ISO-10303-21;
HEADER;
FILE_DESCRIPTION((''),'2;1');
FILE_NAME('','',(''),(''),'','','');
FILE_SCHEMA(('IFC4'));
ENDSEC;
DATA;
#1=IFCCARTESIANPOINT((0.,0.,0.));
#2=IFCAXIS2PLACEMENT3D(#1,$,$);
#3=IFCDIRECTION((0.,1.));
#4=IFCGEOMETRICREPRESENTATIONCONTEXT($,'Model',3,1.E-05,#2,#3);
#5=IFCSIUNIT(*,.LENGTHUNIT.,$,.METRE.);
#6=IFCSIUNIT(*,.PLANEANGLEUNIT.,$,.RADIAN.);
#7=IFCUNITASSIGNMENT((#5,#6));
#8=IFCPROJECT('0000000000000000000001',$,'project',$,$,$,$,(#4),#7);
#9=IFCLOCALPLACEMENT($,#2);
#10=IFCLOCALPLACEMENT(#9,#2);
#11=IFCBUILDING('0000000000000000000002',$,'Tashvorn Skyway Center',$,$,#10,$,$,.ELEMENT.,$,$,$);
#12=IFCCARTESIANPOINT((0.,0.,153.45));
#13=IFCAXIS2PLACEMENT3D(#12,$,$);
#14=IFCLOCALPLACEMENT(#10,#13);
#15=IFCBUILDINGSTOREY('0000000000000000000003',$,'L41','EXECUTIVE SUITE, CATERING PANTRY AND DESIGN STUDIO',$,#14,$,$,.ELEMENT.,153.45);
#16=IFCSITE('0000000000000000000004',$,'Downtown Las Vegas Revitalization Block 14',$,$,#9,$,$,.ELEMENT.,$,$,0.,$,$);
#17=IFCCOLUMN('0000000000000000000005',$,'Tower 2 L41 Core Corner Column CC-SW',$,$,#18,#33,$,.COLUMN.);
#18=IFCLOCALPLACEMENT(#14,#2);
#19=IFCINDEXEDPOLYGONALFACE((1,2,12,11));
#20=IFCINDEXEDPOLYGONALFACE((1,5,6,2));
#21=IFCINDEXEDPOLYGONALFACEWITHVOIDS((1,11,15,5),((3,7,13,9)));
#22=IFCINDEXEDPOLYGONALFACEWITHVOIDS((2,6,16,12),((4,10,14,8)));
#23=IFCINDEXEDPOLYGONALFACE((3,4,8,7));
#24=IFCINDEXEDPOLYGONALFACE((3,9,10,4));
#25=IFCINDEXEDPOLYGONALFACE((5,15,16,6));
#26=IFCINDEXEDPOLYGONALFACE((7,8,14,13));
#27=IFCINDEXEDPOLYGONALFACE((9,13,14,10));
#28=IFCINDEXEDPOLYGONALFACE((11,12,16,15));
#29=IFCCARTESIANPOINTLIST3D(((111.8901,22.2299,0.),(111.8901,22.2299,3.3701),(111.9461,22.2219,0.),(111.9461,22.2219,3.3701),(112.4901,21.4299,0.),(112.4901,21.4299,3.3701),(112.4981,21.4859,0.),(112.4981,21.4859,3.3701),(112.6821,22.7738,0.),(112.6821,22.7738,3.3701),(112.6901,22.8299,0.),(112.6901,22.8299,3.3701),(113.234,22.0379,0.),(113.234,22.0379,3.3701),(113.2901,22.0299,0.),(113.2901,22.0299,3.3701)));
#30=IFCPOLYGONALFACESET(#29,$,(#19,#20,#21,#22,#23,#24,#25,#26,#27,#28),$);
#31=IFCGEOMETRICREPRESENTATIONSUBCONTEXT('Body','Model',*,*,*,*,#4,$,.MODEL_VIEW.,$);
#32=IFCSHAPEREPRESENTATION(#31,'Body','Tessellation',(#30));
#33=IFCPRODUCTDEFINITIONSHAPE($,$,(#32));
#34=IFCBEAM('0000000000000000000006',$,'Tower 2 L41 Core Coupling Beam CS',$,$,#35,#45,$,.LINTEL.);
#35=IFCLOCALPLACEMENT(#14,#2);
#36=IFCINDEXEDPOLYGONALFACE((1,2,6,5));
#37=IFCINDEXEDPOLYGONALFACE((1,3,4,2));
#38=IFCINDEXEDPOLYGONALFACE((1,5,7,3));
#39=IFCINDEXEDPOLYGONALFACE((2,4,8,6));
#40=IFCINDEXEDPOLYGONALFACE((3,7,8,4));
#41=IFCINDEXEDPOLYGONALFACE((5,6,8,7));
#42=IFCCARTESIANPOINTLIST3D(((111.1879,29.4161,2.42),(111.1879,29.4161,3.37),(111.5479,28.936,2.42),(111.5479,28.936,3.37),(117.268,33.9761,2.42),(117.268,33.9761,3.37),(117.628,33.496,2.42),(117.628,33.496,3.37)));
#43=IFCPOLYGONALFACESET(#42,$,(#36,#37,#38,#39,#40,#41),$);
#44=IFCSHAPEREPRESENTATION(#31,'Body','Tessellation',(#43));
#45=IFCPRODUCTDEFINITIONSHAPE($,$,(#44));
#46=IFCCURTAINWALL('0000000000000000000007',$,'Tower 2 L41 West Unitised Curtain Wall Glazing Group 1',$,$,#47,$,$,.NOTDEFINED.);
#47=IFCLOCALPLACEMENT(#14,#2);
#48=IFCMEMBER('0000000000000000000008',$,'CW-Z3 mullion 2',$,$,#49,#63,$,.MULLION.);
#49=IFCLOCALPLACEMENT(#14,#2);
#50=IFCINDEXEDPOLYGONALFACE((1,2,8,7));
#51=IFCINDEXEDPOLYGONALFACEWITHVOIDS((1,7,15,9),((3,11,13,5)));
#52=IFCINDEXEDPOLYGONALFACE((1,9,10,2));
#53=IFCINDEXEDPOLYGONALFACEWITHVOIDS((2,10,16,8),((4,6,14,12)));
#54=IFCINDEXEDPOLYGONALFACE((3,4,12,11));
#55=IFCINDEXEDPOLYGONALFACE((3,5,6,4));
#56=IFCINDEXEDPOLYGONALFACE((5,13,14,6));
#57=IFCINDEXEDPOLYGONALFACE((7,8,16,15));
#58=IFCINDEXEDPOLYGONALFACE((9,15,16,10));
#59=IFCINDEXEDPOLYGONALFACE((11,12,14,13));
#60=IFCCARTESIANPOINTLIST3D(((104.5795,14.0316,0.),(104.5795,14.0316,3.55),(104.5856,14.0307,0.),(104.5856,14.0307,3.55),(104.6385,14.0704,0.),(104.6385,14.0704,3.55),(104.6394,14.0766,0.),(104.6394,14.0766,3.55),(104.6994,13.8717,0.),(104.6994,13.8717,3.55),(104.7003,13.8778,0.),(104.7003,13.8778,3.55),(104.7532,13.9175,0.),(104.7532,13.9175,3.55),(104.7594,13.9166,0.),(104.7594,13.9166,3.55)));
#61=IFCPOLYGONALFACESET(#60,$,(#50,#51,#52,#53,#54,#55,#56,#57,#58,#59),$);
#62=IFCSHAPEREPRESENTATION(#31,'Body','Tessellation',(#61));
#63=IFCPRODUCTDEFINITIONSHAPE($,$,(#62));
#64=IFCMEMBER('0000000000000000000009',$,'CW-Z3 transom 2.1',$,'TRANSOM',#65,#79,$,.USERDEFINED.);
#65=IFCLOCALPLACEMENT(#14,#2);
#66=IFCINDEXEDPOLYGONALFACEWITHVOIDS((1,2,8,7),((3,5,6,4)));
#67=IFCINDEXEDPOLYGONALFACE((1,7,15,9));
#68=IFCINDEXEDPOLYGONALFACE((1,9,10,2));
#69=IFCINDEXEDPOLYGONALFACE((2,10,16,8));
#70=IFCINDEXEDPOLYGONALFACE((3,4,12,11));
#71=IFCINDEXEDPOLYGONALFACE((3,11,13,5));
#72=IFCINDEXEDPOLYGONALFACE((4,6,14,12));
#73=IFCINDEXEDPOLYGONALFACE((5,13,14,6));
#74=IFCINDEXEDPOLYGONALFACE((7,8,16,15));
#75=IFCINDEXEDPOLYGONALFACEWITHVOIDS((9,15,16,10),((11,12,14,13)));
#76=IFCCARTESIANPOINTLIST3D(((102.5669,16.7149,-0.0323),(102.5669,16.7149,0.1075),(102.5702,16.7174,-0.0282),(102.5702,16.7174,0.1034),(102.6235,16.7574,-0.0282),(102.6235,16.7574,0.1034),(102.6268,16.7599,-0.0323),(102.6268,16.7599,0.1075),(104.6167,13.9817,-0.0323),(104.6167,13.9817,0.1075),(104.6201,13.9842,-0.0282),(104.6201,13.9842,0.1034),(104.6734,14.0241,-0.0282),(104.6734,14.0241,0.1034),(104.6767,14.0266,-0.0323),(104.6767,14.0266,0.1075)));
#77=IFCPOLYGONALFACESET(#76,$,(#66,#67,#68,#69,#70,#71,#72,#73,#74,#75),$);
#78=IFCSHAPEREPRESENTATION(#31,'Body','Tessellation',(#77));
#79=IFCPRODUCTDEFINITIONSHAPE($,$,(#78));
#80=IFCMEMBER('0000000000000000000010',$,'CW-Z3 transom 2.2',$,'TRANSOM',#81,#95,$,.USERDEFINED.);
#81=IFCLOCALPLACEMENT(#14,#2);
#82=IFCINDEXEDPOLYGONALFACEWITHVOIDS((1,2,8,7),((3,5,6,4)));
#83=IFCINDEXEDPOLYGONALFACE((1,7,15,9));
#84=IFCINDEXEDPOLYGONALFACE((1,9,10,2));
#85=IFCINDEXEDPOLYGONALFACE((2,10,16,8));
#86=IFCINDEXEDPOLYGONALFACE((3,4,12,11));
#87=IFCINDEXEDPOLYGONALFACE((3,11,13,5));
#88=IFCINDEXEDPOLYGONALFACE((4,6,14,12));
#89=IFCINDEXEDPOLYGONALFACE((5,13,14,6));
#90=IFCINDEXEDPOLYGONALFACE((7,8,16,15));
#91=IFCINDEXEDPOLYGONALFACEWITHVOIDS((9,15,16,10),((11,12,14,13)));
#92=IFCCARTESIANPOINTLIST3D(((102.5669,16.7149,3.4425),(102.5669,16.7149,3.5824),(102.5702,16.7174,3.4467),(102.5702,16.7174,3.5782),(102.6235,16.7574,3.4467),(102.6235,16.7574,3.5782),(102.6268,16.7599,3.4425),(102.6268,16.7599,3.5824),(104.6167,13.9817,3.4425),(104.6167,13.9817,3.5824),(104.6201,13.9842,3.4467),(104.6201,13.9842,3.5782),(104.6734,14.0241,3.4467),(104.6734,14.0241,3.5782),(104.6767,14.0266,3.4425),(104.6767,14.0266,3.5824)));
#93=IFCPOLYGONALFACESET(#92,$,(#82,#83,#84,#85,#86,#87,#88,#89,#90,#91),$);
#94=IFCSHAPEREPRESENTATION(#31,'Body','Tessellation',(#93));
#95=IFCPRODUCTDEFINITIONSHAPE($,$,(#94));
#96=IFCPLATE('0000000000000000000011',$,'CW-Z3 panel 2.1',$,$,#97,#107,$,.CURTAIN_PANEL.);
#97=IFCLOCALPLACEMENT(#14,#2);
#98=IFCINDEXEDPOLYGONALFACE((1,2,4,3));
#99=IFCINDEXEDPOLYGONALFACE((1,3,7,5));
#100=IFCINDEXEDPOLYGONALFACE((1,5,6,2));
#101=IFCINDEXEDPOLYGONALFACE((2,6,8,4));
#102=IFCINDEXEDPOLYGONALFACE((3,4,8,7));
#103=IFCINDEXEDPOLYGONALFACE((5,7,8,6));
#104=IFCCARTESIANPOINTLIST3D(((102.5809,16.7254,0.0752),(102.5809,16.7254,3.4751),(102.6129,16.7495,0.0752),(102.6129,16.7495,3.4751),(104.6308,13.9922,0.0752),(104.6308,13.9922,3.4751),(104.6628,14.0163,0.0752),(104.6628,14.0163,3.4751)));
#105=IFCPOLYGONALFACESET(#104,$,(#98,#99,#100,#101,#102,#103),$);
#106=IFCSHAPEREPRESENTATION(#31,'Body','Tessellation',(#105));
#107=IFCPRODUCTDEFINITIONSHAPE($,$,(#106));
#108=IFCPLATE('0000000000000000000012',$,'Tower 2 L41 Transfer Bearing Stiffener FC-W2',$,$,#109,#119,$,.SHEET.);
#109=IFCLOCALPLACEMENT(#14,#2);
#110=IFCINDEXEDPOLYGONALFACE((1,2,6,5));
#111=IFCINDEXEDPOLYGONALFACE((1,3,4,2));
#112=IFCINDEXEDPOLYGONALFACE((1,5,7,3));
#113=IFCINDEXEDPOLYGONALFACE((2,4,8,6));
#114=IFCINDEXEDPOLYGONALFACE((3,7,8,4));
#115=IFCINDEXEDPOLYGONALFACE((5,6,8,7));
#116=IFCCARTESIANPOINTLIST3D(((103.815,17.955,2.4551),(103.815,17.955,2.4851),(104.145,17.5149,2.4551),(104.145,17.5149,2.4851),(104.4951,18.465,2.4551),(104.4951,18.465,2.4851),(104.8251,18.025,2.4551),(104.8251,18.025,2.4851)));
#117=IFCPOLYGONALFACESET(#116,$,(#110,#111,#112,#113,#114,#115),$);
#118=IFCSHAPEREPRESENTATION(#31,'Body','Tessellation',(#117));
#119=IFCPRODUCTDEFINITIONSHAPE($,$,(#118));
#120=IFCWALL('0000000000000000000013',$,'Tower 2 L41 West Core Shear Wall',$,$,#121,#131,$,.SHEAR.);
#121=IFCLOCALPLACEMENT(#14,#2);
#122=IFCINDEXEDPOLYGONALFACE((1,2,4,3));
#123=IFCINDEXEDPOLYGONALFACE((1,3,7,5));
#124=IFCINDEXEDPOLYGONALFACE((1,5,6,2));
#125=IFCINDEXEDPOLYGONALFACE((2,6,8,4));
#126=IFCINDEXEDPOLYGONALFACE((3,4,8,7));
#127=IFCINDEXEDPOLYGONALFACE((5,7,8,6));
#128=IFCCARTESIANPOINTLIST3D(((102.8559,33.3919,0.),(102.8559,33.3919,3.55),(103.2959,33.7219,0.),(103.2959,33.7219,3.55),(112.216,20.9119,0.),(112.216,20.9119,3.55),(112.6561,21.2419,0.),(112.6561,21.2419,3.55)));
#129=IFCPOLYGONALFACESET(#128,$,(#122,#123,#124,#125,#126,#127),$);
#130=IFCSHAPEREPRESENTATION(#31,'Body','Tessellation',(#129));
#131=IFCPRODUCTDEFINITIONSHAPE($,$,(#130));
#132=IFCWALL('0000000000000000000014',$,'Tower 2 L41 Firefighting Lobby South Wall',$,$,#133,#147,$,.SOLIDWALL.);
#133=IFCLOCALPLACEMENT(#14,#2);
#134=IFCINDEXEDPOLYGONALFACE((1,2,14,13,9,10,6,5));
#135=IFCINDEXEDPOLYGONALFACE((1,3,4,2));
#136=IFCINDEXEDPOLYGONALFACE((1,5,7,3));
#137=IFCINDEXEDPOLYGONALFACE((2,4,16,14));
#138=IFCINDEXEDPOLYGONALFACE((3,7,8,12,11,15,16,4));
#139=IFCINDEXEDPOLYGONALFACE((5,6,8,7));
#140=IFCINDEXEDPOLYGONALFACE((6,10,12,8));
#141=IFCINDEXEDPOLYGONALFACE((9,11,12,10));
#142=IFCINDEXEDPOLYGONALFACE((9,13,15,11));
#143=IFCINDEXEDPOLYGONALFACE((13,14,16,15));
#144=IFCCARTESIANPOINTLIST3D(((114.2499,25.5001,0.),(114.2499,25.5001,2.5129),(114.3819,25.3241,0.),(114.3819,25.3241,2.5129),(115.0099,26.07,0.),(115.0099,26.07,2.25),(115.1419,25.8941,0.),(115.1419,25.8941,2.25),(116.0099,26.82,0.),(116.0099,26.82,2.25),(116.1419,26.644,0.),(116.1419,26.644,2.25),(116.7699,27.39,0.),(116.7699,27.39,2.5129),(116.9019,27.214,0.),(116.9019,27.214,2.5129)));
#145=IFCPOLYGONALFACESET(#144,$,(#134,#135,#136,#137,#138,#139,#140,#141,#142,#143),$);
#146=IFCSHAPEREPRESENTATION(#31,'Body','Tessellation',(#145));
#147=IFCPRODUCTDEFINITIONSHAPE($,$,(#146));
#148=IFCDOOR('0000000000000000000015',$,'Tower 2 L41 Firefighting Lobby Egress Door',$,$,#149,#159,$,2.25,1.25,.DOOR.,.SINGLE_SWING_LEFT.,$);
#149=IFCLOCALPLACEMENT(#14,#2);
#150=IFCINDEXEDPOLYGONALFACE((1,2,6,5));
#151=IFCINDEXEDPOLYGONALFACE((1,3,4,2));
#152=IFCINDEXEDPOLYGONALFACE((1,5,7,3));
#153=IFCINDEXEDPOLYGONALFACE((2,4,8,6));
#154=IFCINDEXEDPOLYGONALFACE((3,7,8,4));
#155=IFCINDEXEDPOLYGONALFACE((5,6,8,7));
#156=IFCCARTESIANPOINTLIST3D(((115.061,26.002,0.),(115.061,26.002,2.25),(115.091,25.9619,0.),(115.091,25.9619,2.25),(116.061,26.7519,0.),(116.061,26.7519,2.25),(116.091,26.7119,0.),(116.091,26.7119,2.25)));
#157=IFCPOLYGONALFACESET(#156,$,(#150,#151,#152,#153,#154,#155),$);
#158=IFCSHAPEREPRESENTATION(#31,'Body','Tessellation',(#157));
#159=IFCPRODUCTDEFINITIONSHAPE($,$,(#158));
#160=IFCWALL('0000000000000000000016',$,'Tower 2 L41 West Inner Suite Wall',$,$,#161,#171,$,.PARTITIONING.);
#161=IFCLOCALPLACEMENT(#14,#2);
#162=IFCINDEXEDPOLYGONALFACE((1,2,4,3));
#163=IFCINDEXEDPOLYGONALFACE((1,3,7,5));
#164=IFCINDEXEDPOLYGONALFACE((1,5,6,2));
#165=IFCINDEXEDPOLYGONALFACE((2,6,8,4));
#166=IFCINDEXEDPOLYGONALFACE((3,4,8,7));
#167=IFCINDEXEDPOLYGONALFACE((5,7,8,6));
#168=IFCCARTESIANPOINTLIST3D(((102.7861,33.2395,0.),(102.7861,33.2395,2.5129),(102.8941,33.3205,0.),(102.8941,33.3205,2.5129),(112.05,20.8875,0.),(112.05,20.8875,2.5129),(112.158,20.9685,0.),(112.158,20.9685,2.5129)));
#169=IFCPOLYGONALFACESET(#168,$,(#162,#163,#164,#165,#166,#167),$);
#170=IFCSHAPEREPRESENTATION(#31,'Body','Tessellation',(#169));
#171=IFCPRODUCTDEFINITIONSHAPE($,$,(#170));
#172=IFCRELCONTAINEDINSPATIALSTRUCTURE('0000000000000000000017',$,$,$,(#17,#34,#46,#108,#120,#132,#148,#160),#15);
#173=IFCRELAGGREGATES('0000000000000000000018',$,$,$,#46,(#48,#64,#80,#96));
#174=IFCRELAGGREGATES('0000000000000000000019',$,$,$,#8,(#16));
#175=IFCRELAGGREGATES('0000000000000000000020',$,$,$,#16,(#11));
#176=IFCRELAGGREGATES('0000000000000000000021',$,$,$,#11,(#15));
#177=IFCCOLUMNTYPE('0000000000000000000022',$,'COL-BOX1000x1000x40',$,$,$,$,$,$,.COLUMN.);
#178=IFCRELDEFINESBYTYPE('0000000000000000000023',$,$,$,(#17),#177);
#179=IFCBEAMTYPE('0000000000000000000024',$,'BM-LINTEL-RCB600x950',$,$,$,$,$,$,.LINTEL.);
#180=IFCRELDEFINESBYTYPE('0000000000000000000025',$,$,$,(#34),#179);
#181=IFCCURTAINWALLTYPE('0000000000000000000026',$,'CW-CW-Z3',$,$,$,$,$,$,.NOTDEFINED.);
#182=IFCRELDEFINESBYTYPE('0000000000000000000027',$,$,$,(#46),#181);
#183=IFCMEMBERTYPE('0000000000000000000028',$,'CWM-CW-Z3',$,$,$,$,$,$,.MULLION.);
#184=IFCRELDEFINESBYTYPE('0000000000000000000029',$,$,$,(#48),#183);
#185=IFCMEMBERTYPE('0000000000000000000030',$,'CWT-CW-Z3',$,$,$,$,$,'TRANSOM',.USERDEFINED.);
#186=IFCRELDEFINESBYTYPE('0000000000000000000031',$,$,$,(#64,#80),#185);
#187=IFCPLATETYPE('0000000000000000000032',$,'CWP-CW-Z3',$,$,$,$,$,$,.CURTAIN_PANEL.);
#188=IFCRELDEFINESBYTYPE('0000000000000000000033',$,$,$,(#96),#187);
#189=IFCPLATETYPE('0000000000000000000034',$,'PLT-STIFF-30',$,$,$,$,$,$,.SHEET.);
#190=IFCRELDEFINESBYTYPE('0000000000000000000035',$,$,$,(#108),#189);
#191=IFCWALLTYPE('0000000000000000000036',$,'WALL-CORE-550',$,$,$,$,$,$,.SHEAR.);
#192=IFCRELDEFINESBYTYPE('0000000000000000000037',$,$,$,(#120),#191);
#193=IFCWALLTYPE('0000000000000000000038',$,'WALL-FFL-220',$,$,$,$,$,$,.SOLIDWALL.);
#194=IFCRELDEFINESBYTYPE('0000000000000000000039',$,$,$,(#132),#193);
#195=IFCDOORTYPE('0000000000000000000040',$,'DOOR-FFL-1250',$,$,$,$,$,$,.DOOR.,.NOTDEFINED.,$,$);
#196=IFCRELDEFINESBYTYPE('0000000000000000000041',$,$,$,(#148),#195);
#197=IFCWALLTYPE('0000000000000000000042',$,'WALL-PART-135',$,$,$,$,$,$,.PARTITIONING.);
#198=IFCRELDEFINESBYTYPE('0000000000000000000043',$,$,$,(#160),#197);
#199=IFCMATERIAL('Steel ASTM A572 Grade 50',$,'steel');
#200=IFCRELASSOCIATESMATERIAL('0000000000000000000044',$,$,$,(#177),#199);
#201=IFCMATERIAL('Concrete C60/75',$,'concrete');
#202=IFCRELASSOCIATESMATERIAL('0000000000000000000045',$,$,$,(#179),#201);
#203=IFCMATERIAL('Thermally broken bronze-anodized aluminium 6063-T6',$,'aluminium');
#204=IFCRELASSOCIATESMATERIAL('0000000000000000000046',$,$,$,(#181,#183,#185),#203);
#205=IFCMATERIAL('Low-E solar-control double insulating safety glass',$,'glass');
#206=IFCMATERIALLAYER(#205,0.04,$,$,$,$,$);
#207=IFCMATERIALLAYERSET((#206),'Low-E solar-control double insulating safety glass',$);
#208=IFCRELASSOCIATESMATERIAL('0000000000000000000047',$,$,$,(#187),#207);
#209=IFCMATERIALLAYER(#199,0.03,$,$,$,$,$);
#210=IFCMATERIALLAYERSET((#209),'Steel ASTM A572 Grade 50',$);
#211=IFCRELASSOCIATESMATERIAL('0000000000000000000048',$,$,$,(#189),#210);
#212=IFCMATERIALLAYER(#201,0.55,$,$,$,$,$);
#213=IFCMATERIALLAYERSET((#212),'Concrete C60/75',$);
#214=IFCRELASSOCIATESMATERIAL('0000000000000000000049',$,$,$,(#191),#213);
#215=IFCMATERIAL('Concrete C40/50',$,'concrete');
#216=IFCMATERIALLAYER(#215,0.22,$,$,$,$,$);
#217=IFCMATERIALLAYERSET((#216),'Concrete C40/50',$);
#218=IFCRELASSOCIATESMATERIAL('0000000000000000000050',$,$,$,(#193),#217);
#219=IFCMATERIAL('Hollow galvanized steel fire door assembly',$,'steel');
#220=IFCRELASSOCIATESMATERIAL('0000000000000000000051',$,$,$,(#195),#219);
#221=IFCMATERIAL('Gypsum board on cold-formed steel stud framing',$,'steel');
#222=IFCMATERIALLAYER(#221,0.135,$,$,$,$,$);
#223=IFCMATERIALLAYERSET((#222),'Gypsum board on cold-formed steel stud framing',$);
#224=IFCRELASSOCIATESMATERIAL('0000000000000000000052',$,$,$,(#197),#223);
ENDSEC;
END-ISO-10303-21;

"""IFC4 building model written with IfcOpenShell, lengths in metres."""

from ifc_helpers import new_model, si_unit, direction, frame, frame_2d, origin, origin_2d, place, context, subcontext, project, spatial, rectangle, hollow_rectangle, extrude, material, layer, layer_set, material_profile, profile_set, type_object, element, fill, aggregate, save


model = new_model("IFC4")

# Units and contexts
model_context = context("Model", 3, precision=1e-05, world=origin(), true_north=direction((0.0, 1.0)))
body_context = subcontext(model_context, "Body", "Model", "MODEL_VIEW")
ifc_project = project(units=[si_unit("LENGTHUNIT", "METRE"), si_unit("PLANEANGLEUNIT", "RADIAN")], contexts=[model_context])

# Site, building, storey
site_placement = place(None, origin())
site = spatial("IfcSite", under=ifc_project, at=site_placement, Name="Downtown Las Vegas Revitalization Block 14", CompositionType="ELEMENT", RefElevation=0.0)
building_placement = place(site_placement, origin())
building = spatial("IfcBuilding", under=site, at=building_placement, Name="Tashvorn Skyway Center", CompositionType="ELEMENT")
storey_placement = place(building_placement, frame((0.0, 0.0, 153.45)))
storey = spatial("IfcBuildingStorey", under=building, at=storey_placement, Name="L41", Description="EXECUTIVE SUITE, CATERING PANTRY AND DESIGN STUDIO", CompositionType="ELEMENT", Elevation=153.45)

# Column
ifc_material_1 = material(Name="Steel ASTM A572 Grade 50", Category="steel")
ifc_material_profile_1 = material_profile(ifc_material_1, hollow_rectangle(XDim=1.0, YDim=1.0, WallThickness=0.04, at=origin_2d()), Name="BOX1000x1000x40")
ifc_profile_set_1 = profile_set([ifc_material_profile_1], Name="Steel ASTM A572 Grade 50")
column_type = type_object("IfcColumnType", Name="COL-BOX1000x1000x40", PredefinedType="COLUMN", material=ifc_profile_set_1)
column_placement = place(storey_placement, frame((112.5901, 22.1299, 0.0), z_axis=(0.0, 0.0, 1.0), x_axis=(0.8, 0.6, 0.0)))
element("IfcColumn", 1, at=column_placement, inside=storey, type_object=column_type, Name="Tower 2 L41 Core Corner Column CC-SW", PredefinedType="COLUMN", context=body_context, shape_type="SweptSolid", body=[
    extrude(hollow_rectangle(XDim=1.0, YDim=1.0, WallThickness=0.04, at=origin_2d()), origin(), (0.0, 0.0, 1.0), 3.3701),
])

# Beam
ifc_material_2 = material(Name="Concrete C60/75", Category="concrete")
ifc_material_profile_2 = material_profile(ifc_material_2, rectangle(XDim=0.6001, YDim=0.95, at=origin_2d()), Name="RCB600x950")
ifc_profile_set_2 = profile_set([ifc_material_profile_2], Name="Concrete C60/75")
beam_type = type_object("IfcBeamType", Name="BM-LINTEL-RCB600x950", PredefinedType="LINTEL", material=ifc_profile_set_2)
beam_placement = place(storey_placement, frame((111.3679, 29.176, 2.895), z_axis=(0.8, 0.6, 0.0), x_axis=(-0.6, 0.8, 0.0)))
element("IfcBeam", 2, at=beam_placement, inside=storey, type_object=beam_type, Name="Tower 2 L41 Core Coupling Beam CS", PredefinedType="LINTEL", context=body_context, shape_type="SweptSolid", body=[
    extrude(rectangle(XDim=0.6001, YDim=0.95, at=origin_2d()), origin(), (0.0, 0.0, 1.0), 7.6001),
])

# Curtain wall, members, plate
ifc_material_3 = material(Name="Thermally broken bronze-anodized aluminium 6063-T6", Category="aluminium")
curtain_wall_type = type_object("IfcCurtainWallType", Name="CW-CW-Z3", PredefinedType="NOTDEFINED", material=ifc_material_3)
curtain_wall_placement = place(storey_placement, origin())
curtain_wall = element("IfcCurtainWall", 3, at=curtain_wall_placement, inside=storey, type_object=curtain_wall_type, Name="Tower 2 L41 West Unitised Curtain Wall Glazing Group 1", PredefinedType="NOTDEFINED")
ifc_material_profile_3 = material_profile(ifc_material_3, hollow_rectangle(XDim=0.075, YDim=0.2, WallThickness=0.0044, at=origin_2d()), Name="ALU-MULL-75x200")
ifc_profile_set_3 = profile_set([ifc_material_profile_3], Name="Thermally broken bronze-anodized aluminium 6063-T6")
member_type_1 = type_object("IfcMemberType", Name="CWM-CW-Z3", PredefinedType="MULLION", material=ifc_profile_set_3)
member_1_placement = place(storey_placement, frame((104.6694, 13.9741, 0.0), z_axis=(0.0, 0.0, 1.0), x_axis=(-0.799997, -0.600005, 0.0)))
member_1 = element("IfcMember", 4, at=member_1_placement, type_object=member_type_1, Name="CW-Z3 mullion 2", PredefinedType="MULLION", context=body_context, shape_type="SweptSolid", body=[
    extrude(hollow_rectangle(XDim=0.075, YDim=0.2, WallThickness=0.0044, at=origin_2d()), origin(), (0.0, 0.0, 1.0), 3.55),
])
ifc_material_profile_4 = material_profile(ifc_material_3, hollow_rectangle(XDim=0.075, YDim=0.1399, WallThickness=0.0042, at=origin_2d()), Name="ALU-TRAN-75x140")
ifc_profile_set_4 = profile_set([ifc_material_profile_4], Name="Thermally broken bronze-anodized aluminium 6063-T6")
member_type_2 = type_object("IfcMemberType", Name="CWT-CW-Z3", ElementType="TRANSOM", PredefinedType="USERDEFINED", material=ifc_profile_set_4)
member_2_placement = place(storey_placement, frame((104.6467, 14.0042, 0.0376), z_axis=(-0.599989, 0.800009, 0.0), x_axis=(-0.800009, -0.599989, 0.0)))
member_2 = element("IfcMember", 5, at=member_2_placement, type_object=member_type_2, Name="CW-Z3 transom 2.1", ObjectType="TRANSOM", PredefinedType="USERDEFINED", context=body_context, shape_type="SweptSolid", body=[
    extrude(hollow_rectangle(XDim=0.075, YDim=0.1399, WallThickness=0.0042, at=origin_2d()), origin(), (0.0, 0.0, 1.0), 3.4165),
])
member_3_placement = place(storey_placement, frame((104.6467, 14.0042, 3.5125), z_axis=(-0.599989, 0.800009, 0.0), x_axis=(-0.800009, -0.599989, 0.0)))
member_3 = element("IfcMember", 6, at=member_3_placement, type_object=member_type_2, Name="CW-Z3 transom 2.2", ObjectType="TRANSOM", PredefinedType="USERDEFINED", context=body_context, shape_type="SweptSolid", body=[
    extrude(hollow_rectangle(XDim=0.075, YDim=0.1399, WallThickness=0.0042, at=origin_2d()), origin(), (0.0, 0.0, 1.0), 3.4165),
])
ifc_material_4 = material(Name="Low-E solar-control double insulating safety glass", Category="glass")
ifc_layer_1 = layer(ifc_material_4, 0.04)
ifc_layer_set_1 = layer_set([ifc_layer_1], Name="Low-E solar-control double insulating safety glass")
plate_type_1 = type_object("IfcPlateType", Name="CWP-CW-Z3", PredefinedType="CURTAIN_PANEL", material=ifc_layer_set_1)
plate_1_placement = place(storey_placement, frame((103.6218, 15.3708, 0.0752), z_axis=(0.0, 0.0, 1.0), x_axis=(-0.600005, 0.799997, 0.0)))
plate_1 = element("IfcPlate", 7, at=plate_1_placement, type_object=plate_type_1, Name="CW-Z3 panel 2.1", PredefinedType="CURTAIN_PANEL", context=body_context, shape_type="SweptSolid", body=[
    extrude(rectangle(XDim=3.4165, YDim=0.04, at=origin_2d()), origin(), (0.0, 0.0, 1.0), 3.3999),
])
aggregate(curtain_wall, [member_1, member_2, member_3, plate_1])

# Plate
ifc_layer_2 = layer(ifc_material_1, 0.03)
ifc_layer_set_2 = layer_set([ifc_layer_2], Name="Steel ASTM A572 Grade 50")
plate_type_2 = type_object("IfcPlateType", Name="PLT-STIFF-30", PredefinedType="SHEET", material=ifc_layer_set_2)
plate_2_placement = place(storey_placement, frame((104.3201, 17.99, 2.4551), z_axis=(0.0, 0.0, 1.0), x_axis=(0.8, 0.6, 0.0)))
element("IfcPlate", 8, at=plate_2_placement, inside=storey, type_object=plate_type_2, Name="Tower 2 L41 Transfer Bearing Stiffener FC-W2", PredefinedType="SHEET", context=body_context, shape_type="SweptSolid", body=[
    extrude(rectangle(XDim=0.8501, YDim=0.55, at=origin_2d()), origin(), (0.0, 0.0, 1.0), 0.03),
])

# Wall
ifc_layer_3 = layer(ifc_material_2, 0.55)
ifc_layer_set_3 = layer_set([ifc_layer_3], Name="Concrete C60/75")
wall_type_1 = type_object("IfcWallType", Name="WALL-CORE-550", PredefinedType="SHEAR", material=ifc_layer_set_3)
wall_1_placement = place(storey_placement, frame((112.436, 21.0769, 0.0), z_axis=(0.0, 0.0, 1.0), x_axis=(-0.600005, 0.799996, 0.0)))
element("IfcWall", 9, at=wall_1_placement, inside=storey, type_object=wall_type_1, Name="Tower 2 L41 West Core Shear Wall", PredefinedType="SHEAR", context=body_context, shape_type="SweptSolid", body=[
    extrude(rectangle(XDim=15.6001, YDim=0.55, at=frame_2d((7.8, 0.0))), origin(), (0.0, 0.0, 1.0), 3.55),
])

# Wall, opening, door
ifc_material_5 = material(Name="Concrete C40/50", Category="concrete")
ifc_layer_4 = layer(ifc_material_5, 0.22)
ifc_layer_set_4 = layer_set([ifc_layer_4], Name="Concrete C40/50")
wall_type_2 = type_object("IfcWallType", Name="WALL-FFL-220", PredefinedType="SOLIDWALL", material=ifc_layer_set_4)
wall_2_placement = place(storey_placement, frame((114.3159, 25.4121, 0.0), z_axis=(0.0, 0.0, 1.0), x_axis=(0.800019, 0.599975, 0.0)))
wall_2 = element("IfcWall", 10, at=wall_2_placement, inside=storey, type_object=wall_type_2, Name="Tower 2 L41 Firefighting Lobby South Wall", PredefinedType="SOLIDWALL", context=body_context, shape_type="SweptSolid", body=[
    extrude(rectangle(XDim=3.1499, YDim=0.22, at=frame_2d((1.575, 0.0))), origin(), (0.0, 0.0, 1.0), 2.5129),
])
opening_1_placement = place(wall_2_placement, frame((0.95, 0.0, 0.0)))
opening_1 = element("IfcOpeningElement", 11, at=opening_1_placement, cuts=wall_2, PredefinedType="OPENING", context=body_context, shape_type="SweptSolid", body=[
    extrude(rectangle(XDim=1.25, YDim=2.25, at=frame_2d((0.625, 1.125))), frame((0.0, 0.1199, 0.0), z_axis=(0.0, -1.0, 0.0), x_axis=(1.0, 0.0, 0.0)), (0.0, 0.0, 1.0), 0.24),
])
ifc_material_6 = material(Name="Hollow galvanized steel fire door assembly", Category="steel")
door_type_1 = type_object("IfcDoorType", Name="DOOR-FFL-1250", OperationType="NOTDEFINED", PredefinedType="DOOR", material=ifc_material_6)
door_1_placement = place(opening_1_placement, origin())
door_1 = element("IfcDoor", 12, at=door_1_placement, inside=storey, type_object=door_type_1, Name="Tower 2 L41 Firefighting Lobby Egress Door", OperationType="SINGLE_SWING_LEFT", OverallHeight=2.25, OverallWidth=1.25, PredefinedType="DOOR", context=body_context, shape_type="SweptSolid", body=[
    extrude(rectangle(XDim=1.25, YDim=2.25, at=frame_2d((0.625, 1.125))), frame((0.0, 0.0249, 0.0), z_axis=(0.0, -1.0, 0.0), x_axis=(1.0, 0.0, 0.0)), (0.0, 0.0, 1.0), 0.05),
])
fill(opening_1, door_1)

# Wall
ifc_material_7 = material(Name="Gypsum board on cold-formed steel stud framing", Category="steel")
ifc_layer_5 = layer(ifc_material_7, 0.135)
ifc_layer_set_5 = layer_set([ifc_layer_5], Name="Gypsum board on cold-formed steel stud framing")
wall_type_3 = type_object("IfcWallType", Name="WALL-PART-135", PredefinedType="PARTITIONING", material=ifc_layer_set_5)
wall_3_placement = place(storey_placement, frame((112.104, 20.928, 0.0), z_axis=(0.0, 0.0, 1.0), x_axis=(-0.599995, 0.800004, 0.0)))
element("IfcWall", 13, at=wall_3_placement, inside=storey, type_object=wall_type_3, Name="Tower 2 L41 West Inner Suite Wall", PredefinedType="PARTITIONING", context=body_context, shape_type="SweptSolid", body=[
    extrude(rectangle(XDim=15.4399, YDim=0.135, at=frame_2d((7.72, 0.0))), origin(), (0.0, 0.0, 1.0), 2.5129),
])

save(model, "model.ifc")
